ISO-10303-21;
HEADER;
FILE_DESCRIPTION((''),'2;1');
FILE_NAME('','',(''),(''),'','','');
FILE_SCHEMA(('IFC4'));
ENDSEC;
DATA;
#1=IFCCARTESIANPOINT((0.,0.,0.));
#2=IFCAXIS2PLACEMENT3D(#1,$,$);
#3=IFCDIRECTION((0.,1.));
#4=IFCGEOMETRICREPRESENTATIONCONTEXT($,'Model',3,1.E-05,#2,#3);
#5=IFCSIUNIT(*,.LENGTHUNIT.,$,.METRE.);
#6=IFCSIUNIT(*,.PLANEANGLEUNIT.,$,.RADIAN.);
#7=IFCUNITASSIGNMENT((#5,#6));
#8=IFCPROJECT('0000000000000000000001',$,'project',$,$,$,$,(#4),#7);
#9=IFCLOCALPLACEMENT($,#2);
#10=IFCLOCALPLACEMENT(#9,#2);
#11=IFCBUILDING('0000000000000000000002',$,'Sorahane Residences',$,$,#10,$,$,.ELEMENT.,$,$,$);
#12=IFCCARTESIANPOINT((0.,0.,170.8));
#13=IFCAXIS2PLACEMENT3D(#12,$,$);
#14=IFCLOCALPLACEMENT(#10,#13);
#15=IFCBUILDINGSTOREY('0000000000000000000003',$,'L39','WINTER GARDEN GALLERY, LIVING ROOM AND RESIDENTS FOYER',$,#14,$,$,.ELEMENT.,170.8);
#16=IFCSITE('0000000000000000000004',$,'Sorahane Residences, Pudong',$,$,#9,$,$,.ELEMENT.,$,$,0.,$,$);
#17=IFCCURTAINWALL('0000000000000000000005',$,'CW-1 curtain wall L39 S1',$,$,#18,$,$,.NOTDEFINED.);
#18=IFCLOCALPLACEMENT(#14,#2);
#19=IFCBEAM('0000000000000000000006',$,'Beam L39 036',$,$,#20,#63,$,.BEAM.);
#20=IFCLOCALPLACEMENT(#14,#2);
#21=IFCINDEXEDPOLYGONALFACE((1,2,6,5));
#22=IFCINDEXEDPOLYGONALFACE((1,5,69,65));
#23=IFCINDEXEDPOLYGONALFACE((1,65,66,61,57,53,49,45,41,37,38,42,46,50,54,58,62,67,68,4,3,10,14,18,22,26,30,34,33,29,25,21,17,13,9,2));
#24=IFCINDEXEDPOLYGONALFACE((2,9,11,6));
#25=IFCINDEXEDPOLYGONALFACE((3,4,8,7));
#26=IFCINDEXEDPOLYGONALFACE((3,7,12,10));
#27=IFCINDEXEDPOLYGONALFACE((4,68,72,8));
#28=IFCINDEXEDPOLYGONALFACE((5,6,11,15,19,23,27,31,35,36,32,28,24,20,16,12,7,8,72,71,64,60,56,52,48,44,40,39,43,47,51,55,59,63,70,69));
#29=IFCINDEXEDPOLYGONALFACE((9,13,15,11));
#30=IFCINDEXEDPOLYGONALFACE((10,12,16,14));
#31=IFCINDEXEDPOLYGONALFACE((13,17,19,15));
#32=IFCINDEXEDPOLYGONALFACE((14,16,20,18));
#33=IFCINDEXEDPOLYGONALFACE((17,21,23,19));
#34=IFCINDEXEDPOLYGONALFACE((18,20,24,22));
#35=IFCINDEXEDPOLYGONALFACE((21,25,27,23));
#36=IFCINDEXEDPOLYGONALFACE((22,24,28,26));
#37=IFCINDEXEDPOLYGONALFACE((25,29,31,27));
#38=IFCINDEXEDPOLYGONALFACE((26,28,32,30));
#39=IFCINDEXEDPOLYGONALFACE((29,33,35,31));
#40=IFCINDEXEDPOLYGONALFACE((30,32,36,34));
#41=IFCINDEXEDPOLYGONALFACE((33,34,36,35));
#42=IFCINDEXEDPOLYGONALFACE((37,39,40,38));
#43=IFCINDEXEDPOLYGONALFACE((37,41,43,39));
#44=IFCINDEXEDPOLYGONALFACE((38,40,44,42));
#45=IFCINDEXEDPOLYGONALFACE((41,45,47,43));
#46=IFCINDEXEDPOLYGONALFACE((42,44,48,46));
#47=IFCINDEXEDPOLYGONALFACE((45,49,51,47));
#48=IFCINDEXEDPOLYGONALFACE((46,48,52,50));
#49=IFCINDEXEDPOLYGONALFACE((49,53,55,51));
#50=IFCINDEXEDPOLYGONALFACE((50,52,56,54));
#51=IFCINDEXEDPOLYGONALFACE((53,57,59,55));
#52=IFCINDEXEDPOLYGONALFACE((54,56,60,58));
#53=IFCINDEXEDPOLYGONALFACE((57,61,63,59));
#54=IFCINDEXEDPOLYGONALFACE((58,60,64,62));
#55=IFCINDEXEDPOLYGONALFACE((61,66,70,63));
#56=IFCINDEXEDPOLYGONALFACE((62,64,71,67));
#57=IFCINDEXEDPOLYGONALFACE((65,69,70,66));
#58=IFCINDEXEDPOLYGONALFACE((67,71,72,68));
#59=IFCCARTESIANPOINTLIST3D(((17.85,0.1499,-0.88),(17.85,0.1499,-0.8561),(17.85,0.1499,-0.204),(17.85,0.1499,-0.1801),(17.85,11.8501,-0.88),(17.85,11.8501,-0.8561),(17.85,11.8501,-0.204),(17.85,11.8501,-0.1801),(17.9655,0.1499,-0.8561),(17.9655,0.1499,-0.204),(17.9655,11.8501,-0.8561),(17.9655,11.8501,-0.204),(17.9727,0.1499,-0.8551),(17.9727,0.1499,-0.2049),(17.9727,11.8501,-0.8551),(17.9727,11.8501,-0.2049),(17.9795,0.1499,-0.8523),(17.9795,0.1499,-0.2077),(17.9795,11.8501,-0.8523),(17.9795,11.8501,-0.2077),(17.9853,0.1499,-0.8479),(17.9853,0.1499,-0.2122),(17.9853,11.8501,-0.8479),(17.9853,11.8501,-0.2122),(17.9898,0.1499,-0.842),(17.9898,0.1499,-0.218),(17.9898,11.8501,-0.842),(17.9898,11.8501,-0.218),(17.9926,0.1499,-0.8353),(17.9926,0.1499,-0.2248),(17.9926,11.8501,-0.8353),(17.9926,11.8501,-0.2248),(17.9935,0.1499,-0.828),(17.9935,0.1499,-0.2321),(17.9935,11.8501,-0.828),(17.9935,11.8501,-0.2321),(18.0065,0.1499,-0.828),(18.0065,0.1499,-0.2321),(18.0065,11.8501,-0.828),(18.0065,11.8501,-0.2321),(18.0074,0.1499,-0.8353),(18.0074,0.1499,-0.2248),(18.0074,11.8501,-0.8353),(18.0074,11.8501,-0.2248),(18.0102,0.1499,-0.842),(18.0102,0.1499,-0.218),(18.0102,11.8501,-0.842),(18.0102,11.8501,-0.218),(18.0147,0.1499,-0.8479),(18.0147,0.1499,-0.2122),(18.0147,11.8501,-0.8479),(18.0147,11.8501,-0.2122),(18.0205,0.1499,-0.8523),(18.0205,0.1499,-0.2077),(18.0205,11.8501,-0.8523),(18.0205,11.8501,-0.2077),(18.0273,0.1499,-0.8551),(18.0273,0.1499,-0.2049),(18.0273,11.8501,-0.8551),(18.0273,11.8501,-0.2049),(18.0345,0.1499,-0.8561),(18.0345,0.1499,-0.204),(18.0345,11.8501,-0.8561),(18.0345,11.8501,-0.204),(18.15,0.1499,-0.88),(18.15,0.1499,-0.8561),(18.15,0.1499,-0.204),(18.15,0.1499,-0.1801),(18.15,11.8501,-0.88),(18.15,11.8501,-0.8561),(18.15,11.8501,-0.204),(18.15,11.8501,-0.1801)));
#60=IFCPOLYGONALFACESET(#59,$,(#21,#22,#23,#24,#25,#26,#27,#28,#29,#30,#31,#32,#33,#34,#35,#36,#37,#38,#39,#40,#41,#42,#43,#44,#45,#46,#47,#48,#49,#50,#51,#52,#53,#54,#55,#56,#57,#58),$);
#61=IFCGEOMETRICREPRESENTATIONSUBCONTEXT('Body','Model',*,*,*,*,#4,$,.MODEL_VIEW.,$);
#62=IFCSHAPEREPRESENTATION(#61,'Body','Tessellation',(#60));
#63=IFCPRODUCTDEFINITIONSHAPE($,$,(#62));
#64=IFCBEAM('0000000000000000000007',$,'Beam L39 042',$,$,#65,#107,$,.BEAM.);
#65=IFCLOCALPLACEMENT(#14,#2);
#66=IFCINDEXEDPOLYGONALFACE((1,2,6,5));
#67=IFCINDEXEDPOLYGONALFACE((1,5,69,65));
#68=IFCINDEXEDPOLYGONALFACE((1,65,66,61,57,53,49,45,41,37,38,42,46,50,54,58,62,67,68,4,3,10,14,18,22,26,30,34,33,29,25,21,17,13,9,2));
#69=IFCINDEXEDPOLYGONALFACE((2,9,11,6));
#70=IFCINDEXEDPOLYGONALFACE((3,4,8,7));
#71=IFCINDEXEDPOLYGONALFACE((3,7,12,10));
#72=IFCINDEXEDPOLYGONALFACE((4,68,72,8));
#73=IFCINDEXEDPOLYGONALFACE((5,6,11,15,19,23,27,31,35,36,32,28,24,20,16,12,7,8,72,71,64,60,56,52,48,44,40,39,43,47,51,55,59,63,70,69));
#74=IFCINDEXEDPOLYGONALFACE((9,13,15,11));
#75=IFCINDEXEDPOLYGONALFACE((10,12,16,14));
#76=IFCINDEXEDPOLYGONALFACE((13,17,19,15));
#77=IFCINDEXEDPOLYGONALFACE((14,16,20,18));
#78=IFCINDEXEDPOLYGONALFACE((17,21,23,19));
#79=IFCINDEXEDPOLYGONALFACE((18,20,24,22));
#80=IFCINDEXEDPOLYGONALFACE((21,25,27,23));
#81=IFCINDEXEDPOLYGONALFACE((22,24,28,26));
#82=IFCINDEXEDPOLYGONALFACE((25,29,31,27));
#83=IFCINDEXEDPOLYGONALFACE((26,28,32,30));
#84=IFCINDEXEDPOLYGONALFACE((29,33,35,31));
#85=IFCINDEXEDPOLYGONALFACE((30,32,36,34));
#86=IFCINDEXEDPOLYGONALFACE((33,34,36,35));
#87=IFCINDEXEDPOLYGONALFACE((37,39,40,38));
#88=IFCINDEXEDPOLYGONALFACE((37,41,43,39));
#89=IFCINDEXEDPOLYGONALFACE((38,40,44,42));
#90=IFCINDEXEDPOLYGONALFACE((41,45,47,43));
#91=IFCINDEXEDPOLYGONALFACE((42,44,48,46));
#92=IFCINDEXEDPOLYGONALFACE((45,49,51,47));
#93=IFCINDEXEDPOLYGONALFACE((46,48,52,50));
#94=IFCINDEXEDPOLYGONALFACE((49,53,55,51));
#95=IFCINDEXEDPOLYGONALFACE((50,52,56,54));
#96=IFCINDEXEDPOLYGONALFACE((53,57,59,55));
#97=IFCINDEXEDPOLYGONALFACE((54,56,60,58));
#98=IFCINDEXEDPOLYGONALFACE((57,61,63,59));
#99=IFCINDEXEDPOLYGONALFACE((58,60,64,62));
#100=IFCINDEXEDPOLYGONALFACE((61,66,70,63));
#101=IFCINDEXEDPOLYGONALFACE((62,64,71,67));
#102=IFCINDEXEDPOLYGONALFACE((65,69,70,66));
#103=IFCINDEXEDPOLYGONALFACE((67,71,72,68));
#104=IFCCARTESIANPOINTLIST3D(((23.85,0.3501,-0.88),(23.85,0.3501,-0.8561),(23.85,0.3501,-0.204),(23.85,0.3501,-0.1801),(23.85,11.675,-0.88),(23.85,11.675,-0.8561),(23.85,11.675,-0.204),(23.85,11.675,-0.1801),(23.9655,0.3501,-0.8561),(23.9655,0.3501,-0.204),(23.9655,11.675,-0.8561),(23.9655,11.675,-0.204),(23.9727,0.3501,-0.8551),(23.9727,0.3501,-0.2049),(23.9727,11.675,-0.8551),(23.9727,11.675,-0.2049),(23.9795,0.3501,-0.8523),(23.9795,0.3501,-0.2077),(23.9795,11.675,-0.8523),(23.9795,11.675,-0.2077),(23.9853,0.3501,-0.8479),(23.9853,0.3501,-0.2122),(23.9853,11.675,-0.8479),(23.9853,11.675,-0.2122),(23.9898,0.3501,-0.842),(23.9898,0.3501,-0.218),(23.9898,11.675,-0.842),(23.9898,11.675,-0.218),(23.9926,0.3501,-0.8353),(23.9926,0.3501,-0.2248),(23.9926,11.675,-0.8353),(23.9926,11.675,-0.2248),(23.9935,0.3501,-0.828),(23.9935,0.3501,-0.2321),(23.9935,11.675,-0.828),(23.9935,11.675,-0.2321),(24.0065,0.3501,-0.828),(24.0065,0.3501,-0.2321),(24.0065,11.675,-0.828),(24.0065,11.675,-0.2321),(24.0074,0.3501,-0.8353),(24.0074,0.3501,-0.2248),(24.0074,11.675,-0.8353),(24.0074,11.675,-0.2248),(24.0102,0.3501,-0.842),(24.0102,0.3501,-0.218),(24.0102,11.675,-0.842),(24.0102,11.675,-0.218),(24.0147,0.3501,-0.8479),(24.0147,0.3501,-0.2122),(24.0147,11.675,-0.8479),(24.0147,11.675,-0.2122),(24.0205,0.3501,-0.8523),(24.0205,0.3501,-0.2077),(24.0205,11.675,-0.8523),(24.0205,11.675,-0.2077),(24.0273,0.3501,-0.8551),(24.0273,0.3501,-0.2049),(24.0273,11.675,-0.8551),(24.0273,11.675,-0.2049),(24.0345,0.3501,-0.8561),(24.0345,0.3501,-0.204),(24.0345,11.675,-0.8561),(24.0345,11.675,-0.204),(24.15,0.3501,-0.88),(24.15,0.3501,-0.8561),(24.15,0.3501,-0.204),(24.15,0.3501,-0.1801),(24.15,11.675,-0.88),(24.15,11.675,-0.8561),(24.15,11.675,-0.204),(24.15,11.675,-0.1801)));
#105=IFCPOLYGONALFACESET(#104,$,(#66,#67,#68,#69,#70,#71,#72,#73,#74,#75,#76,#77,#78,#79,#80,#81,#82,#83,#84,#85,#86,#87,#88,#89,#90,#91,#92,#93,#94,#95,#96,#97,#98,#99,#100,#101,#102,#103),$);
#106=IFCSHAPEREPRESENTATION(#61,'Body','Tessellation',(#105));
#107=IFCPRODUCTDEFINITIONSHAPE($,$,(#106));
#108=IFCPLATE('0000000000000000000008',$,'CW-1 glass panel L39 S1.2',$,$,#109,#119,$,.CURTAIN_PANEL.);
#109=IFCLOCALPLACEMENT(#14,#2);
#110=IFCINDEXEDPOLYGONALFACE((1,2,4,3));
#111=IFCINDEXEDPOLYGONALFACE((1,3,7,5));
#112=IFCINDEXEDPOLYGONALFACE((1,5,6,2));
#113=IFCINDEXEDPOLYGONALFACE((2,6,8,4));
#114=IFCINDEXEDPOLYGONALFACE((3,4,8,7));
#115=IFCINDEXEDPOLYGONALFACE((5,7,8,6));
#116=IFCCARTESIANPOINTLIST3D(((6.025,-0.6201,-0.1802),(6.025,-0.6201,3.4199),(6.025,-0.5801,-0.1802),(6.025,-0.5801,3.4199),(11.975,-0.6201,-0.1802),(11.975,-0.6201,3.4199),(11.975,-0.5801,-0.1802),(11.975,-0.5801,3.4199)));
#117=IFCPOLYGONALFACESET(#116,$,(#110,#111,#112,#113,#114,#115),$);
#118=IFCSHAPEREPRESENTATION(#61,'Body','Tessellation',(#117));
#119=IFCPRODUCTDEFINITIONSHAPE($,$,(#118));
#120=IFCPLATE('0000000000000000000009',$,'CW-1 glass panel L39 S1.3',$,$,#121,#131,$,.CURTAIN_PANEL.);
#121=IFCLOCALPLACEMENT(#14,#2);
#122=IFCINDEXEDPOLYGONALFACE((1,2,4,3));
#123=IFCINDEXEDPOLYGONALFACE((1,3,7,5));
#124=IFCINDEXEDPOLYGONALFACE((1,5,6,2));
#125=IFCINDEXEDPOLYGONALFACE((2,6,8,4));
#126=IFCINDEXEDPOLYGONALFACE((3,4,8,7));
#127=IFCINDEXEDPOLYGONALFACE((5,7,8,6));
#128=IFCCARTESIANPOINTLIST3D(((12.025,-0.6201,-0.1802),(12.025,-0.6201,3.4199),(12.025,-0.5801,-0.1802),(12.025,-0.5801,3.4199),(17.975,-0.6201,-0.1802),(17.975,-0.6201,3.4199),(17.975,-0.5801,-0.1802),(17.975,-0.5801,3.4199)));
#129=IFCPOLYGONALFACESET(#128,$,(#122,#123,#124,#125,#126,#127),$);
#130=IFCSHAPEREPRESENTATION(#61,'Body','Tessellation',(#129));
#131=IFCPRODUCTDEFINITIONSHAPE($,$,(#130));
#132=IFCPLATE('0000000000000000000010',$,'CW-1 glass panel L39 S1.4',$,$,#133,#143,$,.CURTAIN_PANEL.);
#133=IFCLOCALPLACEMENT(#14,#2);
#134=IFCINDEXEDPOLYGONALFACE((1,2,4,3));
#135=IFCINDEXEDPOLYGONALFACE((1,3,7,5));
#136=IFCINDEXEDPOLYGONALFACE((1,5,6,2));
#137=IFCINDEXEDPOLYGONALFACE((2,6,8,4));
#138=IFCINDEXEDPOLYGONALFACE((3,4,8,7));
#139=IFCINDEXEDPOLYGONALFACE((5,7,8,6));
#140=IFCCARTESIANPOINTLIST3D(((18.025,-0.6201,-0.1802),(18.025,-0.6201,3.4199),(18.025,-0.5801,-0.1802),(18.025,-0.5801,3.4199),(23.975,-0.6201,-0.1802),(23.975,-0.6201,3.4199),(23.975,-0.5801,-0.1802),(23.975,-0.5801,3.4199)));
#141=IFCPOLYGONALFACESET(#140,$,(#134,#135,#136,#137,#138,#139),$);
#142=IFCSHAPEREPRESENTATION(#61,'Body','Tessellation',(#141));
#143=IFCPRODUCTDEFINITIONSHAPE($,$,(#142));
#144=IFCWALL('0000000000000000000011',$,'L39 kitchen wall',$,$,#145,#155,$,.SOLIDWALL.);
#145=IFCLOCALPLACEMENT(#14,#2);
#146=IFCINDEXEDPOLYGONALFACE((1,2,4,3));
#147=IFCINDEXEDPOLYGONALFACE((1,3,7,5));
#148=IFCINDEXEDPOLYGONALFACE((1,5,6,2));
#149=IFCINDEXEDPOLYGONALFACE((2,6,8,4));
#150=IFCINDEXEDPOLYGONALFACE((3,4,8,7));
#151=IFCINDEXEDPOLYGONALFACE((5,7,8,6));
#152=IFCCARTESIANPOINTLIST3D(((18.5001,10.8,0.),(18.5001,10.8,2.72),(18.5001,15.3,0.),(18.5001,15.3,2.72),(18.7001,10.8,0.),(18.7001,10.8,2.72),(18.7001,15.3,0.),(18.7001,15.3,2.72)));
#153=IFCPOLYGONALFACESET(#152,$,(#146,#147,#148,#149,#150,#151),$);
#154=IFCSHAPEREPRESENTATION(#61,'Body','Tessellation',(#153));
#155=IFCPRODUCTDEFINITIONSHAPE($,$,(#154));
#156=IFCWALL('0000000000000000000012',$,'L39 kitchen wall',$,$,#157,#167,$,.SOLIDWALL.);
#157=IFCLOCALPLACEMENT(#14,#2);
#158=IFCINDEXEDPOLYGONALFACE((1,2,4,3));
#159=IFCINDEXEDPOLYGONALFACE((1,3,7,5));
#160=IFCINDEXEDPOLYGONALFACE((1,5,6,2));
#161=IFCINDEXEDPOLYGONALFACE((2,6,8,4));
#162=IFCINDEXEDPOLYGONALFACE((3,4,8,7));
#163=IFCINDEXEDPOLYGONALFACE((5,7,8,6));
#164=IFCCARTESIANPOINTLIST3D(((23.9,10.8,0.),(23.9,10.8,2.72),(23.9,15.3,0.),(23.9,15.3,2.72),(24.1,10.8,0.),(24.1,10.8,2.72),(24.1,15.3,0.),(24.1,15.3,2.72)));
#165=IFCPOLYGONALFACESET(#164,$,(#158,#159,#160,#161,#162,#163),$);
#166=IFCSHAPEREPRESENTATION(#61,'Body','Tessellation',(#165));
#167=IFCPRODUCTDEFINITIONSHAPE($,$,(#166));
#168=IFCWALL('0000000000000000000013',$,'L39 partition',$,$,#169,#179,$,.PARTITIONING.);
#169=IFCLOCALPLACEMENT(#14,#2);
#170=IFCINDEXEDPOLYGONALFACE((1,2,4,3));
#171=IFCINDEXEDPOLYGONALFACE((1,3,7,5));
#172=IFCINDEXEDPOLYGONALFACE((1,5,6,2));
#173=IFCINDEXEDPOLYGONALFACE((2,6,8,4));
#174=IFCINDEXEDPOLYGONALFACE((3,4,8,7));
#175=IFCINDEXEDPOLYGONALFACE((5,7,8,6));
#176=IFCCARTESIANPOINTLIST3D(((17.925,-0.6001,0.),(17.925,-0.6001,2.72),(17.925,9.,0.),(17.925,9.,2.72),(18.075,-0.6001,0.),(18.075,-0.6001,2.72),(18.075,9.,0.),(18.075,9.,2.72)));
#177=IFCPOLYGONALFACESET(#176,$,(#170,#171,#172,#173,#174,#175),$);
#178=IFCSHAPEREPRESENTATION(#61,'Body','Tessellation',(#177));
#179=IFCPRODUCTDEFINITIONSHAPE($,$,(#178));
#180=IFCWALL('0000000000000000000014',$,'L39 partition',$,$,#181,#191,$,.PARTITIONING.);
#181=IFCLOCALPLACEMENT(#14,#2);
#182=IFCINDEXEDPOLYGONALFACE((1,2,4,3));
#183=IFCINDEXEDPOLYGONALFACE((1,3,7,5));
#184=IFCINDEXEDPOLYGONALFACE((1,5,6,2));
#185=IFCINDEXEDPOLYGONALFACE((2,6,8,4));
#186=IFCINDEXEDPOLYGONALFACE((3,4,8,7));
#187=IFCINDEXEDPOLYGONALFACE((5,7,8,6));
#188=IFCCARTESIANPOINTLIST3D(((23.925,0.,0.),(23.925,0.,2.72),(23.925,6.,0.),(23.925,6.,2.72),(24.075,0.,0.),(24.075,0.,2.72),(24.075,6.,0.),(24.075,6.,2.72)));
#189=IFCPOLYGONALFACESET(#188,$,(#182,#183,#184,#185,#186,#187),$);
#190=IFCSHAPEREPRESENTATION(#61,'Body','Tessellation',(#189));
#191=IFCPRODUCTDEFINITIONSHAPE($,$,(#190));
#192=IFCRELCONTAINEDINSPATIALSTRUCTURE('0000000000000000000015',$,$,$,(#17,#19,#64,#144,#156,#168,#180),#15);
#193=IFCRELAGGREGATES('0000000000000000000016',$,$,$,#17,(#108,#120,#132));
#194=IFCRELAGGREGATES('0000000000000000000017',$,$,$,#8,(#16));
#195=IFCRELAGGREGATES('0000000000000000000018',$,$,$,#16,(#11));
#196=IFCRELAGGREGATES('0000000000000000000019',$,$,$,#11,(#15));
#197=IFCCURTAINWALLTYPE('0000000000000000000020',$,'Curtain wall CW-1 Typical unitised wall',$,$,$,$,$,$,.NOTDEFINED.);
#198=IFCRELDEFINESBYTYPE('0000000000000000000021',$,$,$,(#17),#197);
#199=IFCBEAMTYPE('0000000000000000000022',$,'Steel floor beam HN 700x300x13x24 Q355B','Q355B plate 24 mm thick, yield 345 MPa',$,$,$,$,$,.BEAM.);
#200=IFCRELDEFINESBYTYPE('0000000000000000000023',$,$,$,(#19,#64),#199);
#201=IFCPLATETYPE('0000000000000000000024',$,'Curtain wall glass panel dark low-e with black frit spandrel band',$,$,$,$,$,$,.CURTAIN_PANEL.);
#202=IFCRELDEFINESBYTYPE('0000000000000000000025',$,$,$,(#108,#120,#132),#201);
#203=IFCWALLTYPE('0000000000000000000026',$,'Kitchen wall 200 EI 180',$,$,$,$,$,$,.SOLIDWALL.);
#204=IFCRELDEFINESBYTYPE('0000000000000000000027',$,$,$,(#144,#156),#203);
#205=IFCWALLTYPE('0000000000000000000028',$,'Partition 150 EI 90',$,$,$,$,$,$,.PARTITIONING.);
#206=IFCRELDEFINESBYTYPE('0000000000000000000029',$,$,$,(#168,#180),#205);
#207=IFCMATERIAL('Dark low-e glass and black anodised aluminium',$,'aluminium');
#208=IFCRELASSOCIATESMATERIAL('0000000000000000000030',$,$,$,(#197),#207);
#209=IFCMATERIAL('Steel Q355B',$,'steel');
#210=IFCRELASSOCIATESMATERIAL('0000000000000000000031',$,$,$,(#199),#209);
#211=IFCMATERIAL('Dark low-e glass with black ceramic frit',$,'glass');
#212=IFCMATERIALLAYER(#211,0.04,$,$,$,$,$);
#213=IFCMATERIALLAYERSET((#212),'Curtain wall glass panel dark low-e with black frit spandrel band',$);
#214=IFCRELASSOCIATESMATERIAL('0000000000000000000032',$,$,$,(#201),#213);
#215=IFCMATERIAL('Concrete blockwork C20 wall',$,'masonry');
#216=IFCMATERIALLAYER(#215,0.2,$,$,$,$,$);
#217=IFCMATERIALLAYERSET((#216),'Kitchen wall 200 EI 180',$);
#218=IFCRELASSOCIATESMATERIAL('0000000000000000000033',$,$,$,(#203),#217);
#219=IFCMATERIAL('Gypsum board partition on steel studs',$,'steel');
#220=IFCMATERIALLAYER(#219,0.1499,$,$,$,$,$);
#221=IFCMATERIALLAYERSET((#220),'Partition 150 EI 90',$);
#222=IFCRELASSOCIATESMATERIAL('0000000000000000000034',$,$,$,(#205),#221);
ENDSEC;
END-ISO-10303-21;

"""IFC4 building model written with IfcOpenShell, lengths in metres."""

from ifc_helpers import new_model, si_unit, direction, frame, frame_2d, origin, origin_2d, place, context, subcontext, project, spatial, rectangle, i_section, extrude, material, layer, layer_set, material_profile, profile_set, type_object, element, aggregate, save


model = new_model("IFC4")

# Units and contexts
model_context = context("Model", 3, precision=1e-05, world=origin(), true_north=direction((0.0, 1.0)))
body_context = subcontext(model_context, "Body", "Model", "MODEL_VIEW")
ifc_project = project(units=[si_unit("LENGTHUNIT", "METRE"), si_unit("PLANEANGLEUNIT", "RADIAN")], contexts=[model_context])

# Site, building, storey
site_placement = place(None, origin())
site = spatial("IfcSite", under=ifc_project, at=site_placement, Name="Sorahane Residences, Pudong", CompositionType="ELEMENT", RefElevation=0.0)
building_placement = place(site_placement, origin())
building = spatial("IfcBuilding", under=site, at=building_placement, Name="Sorahane Residences", CompositionType="ELEMENT")
storey_placement = place(building_placement, frame((0.0, 0.0, 170.8)))
storey = spatial("IfcBuildingStorey", under=building, at=storey_placement, Name="L39", Description="WINTER GARDEN GALLERY, LIVING ROOM AND RESIDENTS FOYER", CompositionType="ELEMENT", Elevation=170.8)

# Curtain wall
ifc_material_1 = material(Name="Dark low-e glass and black anodised aluminium", Category="aluminium")
curtain_wall_type = type_object("IfcCurtainWallType", Name="Curtain wall CW-1 Typical unitised wall", PredefinedType="NOTDEFINED", material=ifc_material_1)
curtain_wall_placement = place(storey_placement, origin())
curtain_wall = element("IfcCurtainWall", 1, at=curtain_wall_placement, inside=storey, type_object=curtain_wall_type, Name="CW-1 curtain wall L39 S1", PredefinedType="NOTDEFINED")

# Beams
ifc_material_2 = material(Name="Steel Q355B", Category="steel")
ifc_material_profile_1 = material_profile(ifc_material_2, i_section(OverallWidth=0.3, OverallDepth=0.7, WebThickness=0.0129, FlangeThickness=0.0239, FilletRadius=0.0281, at=origin_2d()), Name="HN 700x300x13x24")
ifc_profile_set_1 = profile_set([ifc_material_profile_1], Name="Steel Q355B")
beam_type_1 = type_object("IfcBeamType", Name="Steel floor beam HN 700x300x13x24 Q355B", Description="Q355B plate 24 mm thick, yield 345 MPa", PredefinedType="BEAM", material=ifc_profile_set_1)
beam_1_placement = place(storey_placement, frame((18.0, 0.1499, -0.53), z_axis=(0.0, 1.0, 0.0), x_axis=(-1.0, 0.0, 0.0)))
element("IfcBeam", 2, at=beam_1_placement, inside=storey, type_object=beam_type_1, Name="Beam L39 036", PredefinedType="BEAM", context=body_context, shape_type="SweptSolid", body=[
    extrude(i_section(OverallWidth=0.3, OverallDepth=0.7, WebThickness=0.0129, FlangeThickness=0.0239, FilletRadius=0.0281, at=origin_2d()), origin(), (0.0, 0.0, 1.0), 11.7002),
])
beam_2_placement = place(storey_placement, frame((24.0, 0.3501, -0.53), z_axis=(0.0, 1.0, 0.0), x_axis=(-1.0, 0.0, 0.0)))
element("IfcBeam", 3, at=beam_2_placement, inside=storey, type_object=beam_type_1, Name="Beam L39 042", PredefinedType="BEAM", context=body_context, shape_type="SweptSolid", body=[
    extrude(i_section(OverallWidth=0.3, OverallDepth=0.7, WebThickness=0.0129, FlangeThickness=0.0239, FilletRadius=0.0281, at=origin_2d()), origin(), (0.0, 0.0, 1.0), 11.325),
])

# Plates
ifc_material_3 = material(Name="Dark low-e glass with black ceramic frit", Category="glass")
ifc_layer_1 = layer(ifc_material_3, 0.04)
ifc_layer_set_1 = layer_set([ifc_layer_1], Name="Curtain wall glass panel dark low-e with black frit spandrel band")
plate_type = type_object("IfcPlateType", Name="Curtain wall glass panel dark low-e with black frit spandrel band", PredefinedType="CURTAIN_PANEL", material=ifc_layer_set_1)
plate_1_placement = place(storey_placement, frame((9.0, -0.6001, -0.1802), z_axis=(0.0, 0.0, 1.0), x_axis=(1.0, 0.0, 0.0)))
plate_1 = element("IfcPlate", 4, at=plate_1_placement, type_object=plate_type, Name="CW-1 glass panel L39 S1.2", PredefinedType="CURTAIN_PANEL", context=body_context, shape_type="SweptSolid", body=[
    extrude(rectangle(XDim=5.95, YDim=0.04, at=origin_2d()), origin(), (0.0, 0.0, 1.0), 3.6001),
])
plate_2_placement = place(storey_placement, frame((15.0, -0.6001, -0.1802), z_axis=(0.0, 0.0, 1.0), x_axis=(1.0, 0.0, 0.0)))
plate_2 = element("IfcPlate", 5, at=plate_2_placement, type_object=plate_type, Name="CW-1 glass panel L39 S1.3", PredefinedType="CURTAIN_PANEL", context=body_context, shape_type="SweptSolid", body=[
    extrude(rectangle(XDim=5.95, YDim=0.04, at=origin_2d()), origin(), (0.0, 0.0, 1.0), 3.6001),
])
plate_3_placement = place(storey_placement, frame((21.0, -0.6001, -0.1802), z_axis=(0.0, 0.0, 1.0), x_axis=(1.0, 0.0, 0.0)))
plate_3 = element("IfcPlate", 6, at=plate_3_placement, type_object=plate_type, Name="CW-1 glass panel L39 S1.4", PredefinedType="CURTAIN_PANEL", context=body_context, shape_type="SweptSolid", body=[
    extrude(rectangle(XDim=5.95, YDim=0.04, at=origin_2d()), origin(), (0.0, 0.0, 1.0), 3.6001),
])
aggregate(curtain_wall, [plate_1, plate_2, plate_3])

# Walls
ifc_material_4 = material(Name="Concrete blockwork C20 wall", Category="masonry")
ifc_layer_2 = layer(ifc_material_4, 0.2)
ifc_layer_set_2 = layer_set([ifc_layer_2], Name="Kitchen wall 200 EI 180")
wall_type_1 = type_object("IfcWallType", Name="Kitchen wall 200 EI 180", PredefinedType="SOLIDWALL", material=ifc_layer_set_2)
for number, where, z_axis, x_axis, name in (
    (7, (18.6001, 10.8, 0.0), (0.0, 0.0, 1.0), (0.0, 1.0, 0.0), "L39 kitchen wall"),
    (8, (24.0, 10.8, 0.0), (0.0, 0.0, 1.0), (0.0, 1.0, 0.0), "L39 kitchen wall"),
):
    element("IfcWall", number, at=place(storey_placement, frame(where, z_axis=z_axis, x_axis=x_axis)), inside=storey, type_object=wall_type_1, Name=name, PredefinedType="SOLIDWALL", context=body_context, shape_type="SweptSolid", body=[
        extrude(rectangle(XDim=4.5, YDim=0.2, at=frame_2d((2.25, 0.0))), origin(), (0.0, 0.0, 1.0), 2.72),
    ])

# Walls
ifc_material_5 = material(Name="Gypsum board partition on steel studs", Category="steel")
ifc_layer_3 = layer(ifc_material_5, 0.1499)
ifc_layer_set_3 = layer_set([ifc_layer_3], Name="Partition 150 EI 90")
wall_type_2 = type_object("IfcWallType", Name="Partition 150 EI 90", PredefinedType="PARTITIONING", material=ifc_layer_set_3)
wall_1_placement = place(storey_placement, frame((18.0, -0.6001, 0.0), z_axis=(0.0, 0.0, 1.0), x_axis=(0.0, 1.0, 0.0)))
element("IfcWall", 9, at=wall_1_placement, inside=storey, type_object=wall_type_2, Name="L39 partition", PredefinedType="PARTITIONING", context=body_context, shape_type="SweptSolid", body=[
    extrude(rectangle(XDim=9.6001, YDim=0.1499, at=frame_2d((4.8, 0.0))), origin(), (0.0, 0.0, 1.0), 2.72),
])
wall_2_placement = place(storey_placement, frame((24.0, 0.0, 0.0), z_axis=(0.0, 0.0, 1.0), x_axis=(0.0, 1.0, 0.0)))
element("IfcWall", 10, at=wall_2_placement, inside=storey, type_object=wall_type_2, Name="L39 partition", PredefinedType="PARTITIONING", context=body_context, shape_type="SweptSolid", body=[
    extrude(rectangle(XDim=6.0, YDim=0.1499, at=frame_2d((3.0, 0.0))), origin(), (0.0, 0.0, 1.0), 2.72),
])

save(model, "model.ifc")
